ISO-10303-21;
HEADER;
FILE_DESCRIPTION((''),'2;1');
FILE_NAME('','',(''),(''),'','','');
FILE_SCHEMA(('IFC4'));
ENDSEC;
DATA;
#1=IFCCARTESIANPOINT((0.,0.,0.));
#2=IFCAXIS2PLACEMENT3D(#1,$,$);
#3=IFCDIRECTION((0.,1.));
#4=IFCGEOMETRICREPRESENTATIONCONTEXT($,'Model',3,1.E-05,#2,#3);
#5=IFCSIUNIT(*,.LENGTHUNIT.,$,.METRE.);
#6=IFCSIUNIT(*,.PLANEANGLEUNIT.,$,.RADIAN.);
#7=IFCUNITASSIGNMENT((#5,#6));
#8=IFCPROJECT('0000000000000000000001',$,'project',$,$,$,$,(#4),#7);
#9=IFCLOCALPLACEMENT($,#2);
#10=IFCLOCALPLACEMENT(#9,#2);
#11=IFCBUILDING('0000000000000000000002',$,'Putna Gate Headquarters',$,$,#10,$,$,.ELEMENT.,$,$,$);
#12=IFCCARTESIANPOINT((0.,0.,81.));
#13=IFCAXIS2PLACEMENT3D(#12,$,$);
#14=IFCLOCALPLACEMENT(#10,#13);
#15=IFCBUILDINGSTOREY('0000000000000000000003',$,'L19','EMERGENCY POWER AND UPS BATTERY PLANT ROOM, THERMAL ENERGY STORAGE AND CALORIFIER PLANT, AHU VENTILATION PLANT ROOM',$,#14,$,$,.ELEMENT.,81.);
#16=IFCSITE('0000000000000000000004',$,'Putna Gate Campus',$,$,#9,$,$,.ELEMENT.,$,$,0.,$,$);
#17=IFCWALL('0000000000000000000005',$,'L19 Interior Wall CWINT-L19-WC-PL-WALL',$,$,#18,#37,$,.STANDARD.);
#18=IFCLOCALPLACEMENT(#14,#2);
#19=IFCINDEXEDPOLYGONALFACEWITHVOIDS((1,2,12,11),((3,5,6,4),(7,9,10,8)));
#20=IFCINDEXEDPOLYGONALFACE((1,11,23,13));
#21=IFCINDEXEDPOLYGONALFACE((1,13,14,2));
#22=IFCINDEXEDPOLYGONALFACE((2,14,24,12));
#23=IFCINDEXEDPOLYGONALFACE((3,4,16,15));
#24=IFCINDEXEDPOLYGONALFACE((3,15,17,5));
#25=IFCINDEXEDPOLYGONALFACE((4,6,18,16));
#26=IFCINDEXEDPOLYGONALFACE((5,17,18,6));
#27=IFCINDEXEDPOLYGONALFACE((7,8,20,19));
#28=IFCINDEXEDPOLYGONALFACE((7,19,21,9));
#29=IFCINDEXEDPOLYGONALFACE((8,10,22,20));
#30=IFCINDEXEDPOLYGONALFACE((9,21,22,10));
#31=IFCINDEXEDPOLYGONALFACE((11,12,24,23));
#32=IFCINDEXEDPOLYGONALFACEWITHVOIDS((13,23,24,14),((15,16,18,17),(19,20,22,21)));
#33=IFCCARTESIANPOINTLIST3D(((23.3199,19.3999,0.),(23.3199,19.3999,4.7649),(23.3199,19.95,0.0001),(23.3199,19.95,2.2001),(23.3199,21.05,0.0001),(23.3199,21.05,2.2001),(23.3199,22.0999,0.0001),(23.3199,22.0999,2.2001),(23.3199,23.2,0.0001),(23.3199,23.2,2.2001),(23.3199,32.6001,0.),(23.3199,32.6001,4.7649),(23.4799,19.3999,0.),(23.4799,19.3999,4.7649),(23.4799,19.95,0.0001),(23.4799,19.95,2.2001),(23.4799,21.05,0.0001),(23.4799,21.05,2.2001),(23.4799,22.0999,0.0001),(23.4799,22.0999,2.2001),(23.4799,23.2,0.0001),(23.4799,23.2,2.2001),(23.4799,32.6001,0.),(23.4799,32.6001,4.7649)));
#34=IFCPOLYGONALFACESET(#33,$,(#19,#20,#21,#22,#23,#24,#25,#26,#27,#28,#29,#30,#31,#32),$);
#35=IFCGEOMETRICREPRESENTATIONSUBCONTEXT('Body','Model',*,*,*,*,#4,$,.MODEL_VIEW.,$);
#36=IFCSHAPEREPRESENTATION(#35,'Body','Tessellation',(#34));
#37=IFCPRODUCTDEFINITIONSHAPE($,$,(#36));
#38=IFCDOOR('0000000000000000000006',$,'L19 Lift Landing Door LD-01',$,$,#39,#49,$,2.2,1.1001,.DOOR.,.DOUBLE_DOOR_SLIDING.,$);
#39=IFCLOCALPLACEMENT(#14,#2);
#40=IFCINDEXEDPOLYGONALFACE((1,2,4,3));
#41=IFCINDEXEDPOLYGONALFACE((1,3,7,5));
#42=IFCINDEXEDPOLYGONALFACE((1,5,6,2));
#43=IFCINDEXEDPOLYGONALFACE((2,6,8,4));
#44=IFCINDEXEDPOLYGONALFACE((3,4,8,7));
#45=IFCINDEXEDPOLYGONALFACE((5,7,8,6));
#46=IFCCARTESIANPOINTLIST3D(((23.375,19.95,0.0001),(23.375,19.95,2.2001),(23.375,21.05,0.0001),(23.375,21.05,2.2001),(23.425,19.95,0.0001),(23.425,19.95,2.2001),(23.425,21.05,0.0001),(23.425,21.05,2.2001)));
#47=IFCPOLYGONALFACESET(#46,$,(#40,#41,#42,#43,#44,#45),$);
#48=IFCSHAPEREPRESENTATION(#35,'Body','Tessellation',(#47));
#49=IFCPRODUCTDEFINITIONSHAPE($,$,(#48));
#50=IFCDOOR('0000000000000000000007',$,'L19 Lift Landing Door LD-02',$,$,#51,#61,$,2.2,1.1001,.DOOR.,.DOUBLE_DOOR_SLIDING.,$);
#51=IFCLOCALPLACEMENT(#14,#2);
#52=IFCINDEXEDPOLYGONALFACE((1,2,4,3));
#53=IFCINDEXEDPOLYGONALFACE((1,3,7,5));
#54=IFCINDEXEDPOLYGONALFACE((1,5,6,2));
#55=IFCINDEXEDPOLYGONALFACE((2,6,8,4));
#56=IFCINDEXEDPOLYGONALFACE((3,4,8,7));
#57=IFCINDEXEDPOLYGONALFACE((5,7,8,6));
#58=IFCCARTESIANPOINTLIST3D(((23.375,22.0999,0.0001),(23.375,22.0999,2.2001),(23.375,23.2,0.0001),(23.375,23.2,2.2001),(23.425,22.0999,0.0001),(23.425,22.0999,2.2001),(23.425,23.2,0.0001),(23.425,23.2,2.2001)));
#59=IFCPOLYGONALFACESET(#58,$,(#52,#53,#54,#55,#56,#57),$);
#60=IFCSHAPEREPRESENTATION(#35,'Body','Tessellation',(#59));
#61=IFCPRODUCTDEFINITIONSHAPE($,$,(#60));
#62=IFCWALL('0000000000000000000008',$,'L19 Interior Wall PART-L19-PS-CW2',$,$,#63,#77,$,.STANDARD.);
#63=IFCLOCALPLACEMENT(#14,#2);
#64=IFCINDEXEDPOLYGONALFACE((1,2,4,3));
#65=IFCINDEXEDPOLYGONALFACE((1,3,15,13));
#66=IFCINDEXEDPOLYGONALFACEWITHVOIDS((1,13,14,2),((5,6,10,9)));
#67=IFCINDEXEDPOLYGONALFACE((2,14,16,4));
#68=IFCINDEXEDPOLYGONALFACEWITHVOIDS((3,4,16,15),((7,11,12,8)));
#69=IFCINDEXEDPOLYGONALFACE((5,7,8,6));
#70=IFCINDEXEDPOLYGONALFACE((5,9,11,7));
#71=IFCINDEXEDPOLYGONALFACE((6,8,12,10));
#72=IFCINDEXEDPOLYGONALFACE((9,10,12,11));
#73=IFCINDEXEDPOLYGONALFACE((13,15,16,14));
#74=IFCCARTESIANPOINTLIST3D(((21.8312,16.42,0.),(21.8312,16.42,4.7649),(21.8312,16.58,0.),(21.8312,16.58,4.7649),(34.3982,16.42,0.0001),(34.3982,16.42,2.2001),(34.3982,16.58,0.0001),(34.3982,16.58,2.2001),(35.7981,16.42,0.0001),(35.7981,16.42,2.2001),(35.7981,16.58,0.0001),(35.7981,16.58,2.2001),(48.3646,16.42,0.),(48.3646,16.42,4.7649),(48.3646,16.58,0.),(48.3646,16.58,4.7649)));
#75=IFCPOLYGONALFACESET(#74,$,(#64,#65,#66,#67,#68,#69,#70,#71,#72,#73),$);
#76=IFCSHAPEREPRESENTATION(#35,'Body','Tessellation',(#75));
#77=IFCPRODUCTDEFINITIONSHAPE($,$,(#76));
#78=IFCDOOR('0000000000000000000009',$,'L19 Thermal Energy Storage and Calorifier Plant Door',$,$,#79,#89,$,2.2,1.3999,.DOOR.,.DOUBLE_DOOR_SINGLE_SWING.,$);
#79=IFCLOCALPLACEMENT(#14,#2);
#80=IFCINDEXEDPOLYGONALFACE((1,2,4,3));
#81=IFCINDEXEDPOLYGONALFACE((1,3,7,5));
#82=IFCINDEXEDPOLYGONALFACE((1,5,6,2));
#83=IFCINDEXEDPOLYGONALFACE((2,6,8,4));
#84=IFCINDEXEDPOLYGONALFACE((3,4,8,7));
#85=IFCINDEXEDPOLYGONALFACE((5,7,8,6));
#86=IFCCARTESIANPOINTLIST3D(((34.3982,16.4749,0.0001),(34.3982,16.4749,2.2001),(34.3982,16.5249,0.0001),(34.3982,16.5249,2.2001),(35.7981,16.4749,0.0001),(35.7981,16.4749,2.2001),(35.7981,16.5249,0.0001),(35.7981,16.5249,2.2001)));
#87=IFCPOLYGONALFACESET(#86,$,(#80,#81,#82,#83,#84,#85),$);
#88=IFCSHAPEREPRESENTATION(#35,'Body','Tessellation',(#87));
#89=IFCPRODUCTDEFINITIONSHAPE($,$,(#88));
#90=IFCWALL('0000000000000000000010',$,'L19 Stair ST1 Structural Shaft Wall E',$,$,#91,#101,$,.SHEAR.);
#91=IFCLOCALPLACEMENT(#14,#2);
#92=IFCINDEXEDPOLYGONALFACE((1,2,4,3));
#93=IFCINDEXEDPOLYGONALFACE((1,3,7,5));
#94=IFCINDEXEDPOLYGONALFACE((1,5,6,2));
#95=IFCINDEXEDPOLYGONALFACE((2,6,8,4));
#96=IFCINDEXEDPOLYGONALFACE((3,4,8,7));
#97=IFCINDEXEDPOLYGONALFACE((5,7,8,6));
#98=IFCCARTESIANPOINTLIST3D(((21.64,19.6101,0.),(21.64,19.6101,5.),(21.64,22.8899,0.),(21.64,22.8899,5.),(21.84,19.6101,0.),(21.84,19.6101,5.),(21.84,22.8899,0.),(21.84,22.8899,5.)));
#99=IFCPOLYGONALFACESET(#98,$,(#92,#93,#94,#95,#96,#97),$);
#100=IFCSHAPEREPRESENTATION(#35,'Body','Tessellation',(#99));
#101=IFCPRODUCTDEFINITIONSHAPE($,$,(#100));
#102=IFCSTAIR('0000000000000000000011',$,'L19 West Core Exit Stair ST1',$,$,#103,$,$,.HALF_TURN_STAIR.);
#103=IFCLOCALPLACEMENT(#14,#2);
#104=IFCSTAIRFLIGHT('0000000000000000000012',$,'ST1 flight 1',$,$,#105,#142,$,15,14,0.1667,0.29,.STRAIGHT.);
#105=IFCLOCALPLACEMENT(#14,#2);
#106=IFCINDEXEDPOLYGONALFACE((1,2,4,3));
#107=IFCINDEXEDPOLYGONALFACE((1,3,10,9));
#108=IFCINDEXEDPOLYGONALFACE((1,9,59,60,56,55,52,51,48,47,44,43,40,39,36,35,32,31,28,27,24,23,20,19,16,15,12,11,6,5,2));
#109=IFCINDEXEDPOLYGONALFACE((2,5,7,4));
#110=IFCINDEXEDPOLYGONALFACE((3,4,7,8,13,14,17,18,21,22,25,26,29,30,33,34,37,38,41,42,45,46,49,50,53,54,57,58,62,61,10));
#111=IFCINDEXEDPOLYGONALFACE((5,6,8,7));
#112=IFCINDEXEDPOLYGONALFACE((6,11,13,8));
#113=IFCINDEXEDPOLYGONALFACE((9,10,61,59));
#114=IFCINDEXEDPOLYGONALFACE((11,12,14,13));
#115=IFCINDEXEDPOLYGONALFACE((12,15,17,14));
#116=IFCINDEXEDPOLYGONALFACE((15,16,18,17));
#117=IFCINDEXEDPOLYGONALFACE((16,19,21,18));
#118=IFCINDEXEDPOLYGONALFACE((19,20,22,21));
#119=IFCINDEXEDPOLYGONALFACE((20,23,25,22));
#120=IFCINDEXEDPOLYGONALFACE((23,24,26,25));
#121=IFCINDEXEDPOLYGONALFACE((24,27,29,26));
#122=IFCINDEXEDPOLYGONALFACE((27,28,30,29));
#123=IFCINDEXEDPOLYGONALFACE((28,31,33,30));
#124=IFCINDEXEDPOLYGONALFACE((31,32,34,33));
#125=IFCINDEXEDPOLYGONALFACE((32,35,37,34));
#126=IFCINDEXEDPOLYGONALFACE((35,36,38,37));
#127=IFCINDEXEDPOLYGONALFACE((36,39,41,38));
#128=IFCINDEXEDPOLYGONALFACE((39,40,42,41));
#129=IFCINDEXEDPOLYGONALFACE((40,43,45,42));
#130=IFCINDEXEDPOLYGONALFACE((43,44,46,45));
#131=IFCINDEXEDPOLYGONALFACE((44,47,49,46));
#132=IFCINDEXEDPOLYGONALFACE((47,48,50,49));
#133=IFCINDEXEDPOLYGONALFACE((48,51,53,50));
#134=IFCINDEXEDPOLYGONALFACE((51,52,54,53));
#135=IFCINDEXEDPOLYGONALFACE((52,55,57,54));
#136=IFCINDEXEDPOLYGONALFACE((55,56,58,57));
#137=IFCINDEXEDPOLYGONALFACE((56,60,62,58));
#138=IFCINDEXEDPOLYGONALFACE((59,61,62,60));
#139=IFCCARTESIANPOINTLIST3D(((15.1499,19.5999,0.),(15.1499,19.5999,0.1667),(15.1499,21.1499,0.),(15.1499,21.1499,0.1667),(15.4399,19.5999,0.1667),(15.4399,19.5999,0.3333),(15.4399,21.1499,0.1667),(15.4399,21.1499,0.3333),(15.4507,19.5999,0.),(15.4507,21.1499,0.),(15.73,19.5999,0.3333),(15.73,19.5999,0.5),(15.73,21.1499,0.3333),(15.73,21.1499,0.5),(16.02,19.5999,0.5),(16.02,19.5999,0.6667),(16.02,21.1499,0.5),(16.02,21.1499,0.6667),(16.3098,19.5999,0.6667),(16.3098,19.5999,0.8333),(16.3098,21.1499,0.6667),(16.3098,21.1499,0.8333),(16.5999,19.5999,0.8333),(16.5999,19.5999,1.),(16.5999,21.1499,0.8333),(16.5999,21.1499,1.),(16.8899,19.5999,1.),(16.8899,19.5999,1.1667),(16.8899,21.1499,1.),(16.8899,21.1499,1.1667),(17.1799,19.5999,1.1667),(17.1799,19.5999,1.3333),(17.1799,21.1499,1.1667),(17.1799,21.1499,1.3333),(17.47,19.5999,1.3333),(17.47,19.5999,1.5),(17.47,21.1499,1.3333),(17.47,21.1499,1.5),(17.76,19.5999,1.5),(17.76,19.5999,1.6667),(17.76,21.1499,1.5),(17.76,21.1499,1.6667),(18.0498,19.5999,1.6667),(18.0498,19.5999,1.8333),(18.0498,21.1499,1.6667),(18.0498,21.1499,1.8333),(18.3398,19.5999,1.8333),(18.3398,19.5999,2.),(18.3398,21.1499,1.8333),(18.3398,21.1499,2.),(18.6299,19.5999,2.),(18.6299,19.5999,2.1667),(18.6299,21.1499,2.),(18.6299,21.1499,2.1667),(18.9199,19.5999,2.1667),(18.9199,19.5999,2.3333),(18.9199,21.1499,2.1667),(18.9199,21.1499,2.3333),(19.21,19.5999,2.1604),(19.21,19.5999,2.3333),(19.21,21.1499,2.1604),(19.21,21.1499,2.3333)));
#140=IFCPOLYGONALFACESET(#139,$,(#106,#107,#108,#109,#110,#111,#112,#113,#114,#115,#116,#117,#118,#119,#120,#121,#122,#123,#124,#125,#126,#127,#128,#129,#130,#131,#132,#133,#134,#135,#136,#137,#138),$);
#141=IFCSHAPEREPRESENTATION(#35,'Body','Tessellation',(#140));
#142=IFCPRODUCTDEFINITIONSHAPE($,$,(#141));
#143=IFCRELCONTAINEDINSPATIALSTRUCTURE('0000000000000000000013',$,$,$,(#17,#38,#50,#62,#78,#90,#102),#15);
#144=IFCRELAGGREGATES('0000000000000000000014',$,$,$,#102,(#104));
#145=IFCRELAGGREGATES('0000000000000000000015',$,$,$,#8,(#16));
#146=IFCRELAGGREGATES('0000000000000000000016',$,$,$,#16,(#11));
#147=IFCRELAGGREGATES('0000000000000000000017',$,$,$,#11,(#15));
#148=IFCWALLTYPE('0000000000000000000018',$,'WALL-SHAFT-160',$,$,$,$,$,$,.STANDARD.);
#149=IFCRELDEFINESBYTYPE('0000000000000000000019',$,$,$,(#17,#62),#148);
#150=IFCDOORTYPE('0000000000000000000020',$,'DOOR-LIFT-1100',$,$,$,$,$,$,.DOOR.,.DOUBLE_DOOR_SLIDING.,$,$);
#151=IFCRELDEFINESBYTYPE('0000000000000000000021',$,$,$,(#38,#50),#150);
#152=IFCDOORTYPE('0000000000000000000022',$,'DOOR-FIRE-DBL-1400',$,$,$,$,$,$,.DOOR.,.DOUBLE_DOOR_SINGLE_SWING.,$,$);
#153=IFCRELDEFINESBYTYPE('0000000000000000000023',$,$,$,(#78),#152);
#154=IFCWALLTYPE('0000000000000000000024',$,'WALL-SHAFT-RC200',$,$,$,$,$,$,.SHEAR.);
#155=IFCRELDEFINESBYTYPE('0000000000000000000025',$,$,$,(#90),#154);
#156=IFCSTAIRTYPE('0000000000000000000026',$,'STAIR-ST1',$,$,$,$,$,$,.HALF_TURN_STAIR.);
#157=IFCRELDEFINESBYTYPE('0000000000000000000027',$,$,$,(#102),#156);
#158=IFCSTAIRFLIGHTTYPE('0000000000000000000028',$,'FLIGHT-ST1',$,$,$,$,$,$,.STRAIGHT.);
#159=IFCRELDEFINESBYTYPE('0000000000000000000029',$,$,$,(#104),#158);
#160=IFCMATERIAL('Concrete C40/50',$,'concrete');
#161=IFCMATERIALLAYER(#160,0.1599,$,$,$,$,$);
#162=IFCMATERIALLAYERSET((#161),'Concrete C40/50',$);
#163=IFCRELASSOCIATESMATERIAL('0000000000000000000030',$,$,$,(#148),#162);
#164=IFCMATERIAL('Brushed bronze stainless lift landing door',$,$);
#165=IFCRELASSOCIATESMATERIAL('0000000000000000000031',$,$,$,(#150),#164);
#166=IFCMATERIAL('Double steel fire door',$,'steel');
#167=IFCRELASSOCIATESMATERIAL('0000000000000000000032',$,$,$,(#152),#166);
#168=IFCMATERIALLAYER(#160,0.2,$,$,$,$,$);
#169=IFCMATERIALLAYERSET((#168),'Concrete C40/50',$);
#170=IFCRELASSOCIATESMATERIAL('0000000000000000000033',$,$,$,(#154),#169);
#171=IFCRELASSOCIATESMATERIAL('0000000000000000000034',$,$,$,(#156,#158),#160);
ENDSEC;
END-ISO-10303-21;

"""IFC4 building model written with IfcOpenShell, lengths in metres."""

from ifc_helpers import new_model, si_unit, direction, frame, frame_2d, origin, place, context, subcontext, project, spatial, polyline, rectangle, outline, extrude, material, layer, layer_set, type_object, element, fill, aggregate, save


model = new_model("IFC4")

# Units and contexts
model_context = context("Model", 3, precision=1e-05, world=origin(), true_north=direction((0.0, 1.0)))
body_context = subcontext(model_context, "Body", "Model", "MODEL_VIEW")
ifc_project = project(units=[si_unit("LENGTHUNIT", "METRE"), si_unit("PLANEANGLEUNIT", "RADIAN")], contexts=[model_context])

# Site, building, storey
site_placement = place(None, origin())
site = spatial("IfcSite", under=ifc_project, at=site_placement, Name="Putna Gate Campus", CompositionType="ELEMENT", RefElevation=0.0)
building_placement = place(site_placement, origin())
building = spatial("IfcBuilding", under=site, at=building_placement, Name="Putna Gate Headquarters", CompositionType="ELEMENT")
storey_placement = place(building_placement, frame((0.0, 0.0, 81.0)))
storey = spatial("IfcBuildingStorey", under=building, at=storey_placement, Name="L19", Description="EMERGENCY POWER AND UPS BATTERY PLANT ROOM, THERMAL ENERGY STORAGE AND CALORIFIER PLANT, AHU VENTILATION PLANT ROOM", CompositionType="ELEMENT", Elevation=81.0)

# Wall, openings, doors
ifc_material_1 = material(Name="Concrete C40/50", Category="concrete")
ifc_layer_1 = layer(ifc_material_1, 0.1599)
ifc_layer_set_1 = layer_set([ifc_layer_1], Name="Concrete C40/50")
wall_type_1 = type_object("IfcWallType", Name="WALL-SHAFT-160", PredefinedType="STANDARD", material=ifc_layer_set_1)
wall_1_placement = place(storey_placement, frame((23.3999, 19.3999, 0.0), z_axis=(0.0, 0.0, 1.0), x_axis=(0.0, 1.0, 0.0)))
wall_1 = element("IfcWall", 1, at=wall_1_placement, inside=storey, type_object=wall_type_1, Name="L19 Interior Wall CWINT-L19-WC-PL-WALL", PredefinedType="STANDARD", context=body_context, shape_type="SweptSolid", body=[
    extrude(rectangle(XDim=13.2002, YDim=0.1599, at=frame_2d((6.6001, 0.0))), origin(), (0.0, 0.0, 1.0), 4.7649),
])
opening_1_placement = place(wall_1_placement, frame((0.55, 0.0, 0.0)))
opening_1 = element("IfcOpeningElement", 2, at=opening_1_placement, cuts=wall_1, PredefinedType="OPENING", context=body_context, shape_type="SweptSolid", body=[
    extrude(rectangle(XDim=1.1001, YDim=2.2, at=frame_2d((0.55, 1.1001))), frame((0.0, 0.0898, 0.0), z_axis=(0.0, -1.0, 0.0), x_axis=(1.0, 0.0, 0.0)), (0.0, 0.0, 1.0), 0.1799),
])
opening_2_placement = place(wall_1_placement, frame((2.7, 0.0, 0.0)))
opening_2 = element("IfcOpeningElement", 3, at=opening_2_placement, cuts=wall_1, PredefinedType="OPENING", context=body_context, shape_type="SweptSolid", body=[
    extrude(rectangle(XDim=1.1001, YDim=2.2, at=frame_2d((0.55, 1.1001))), frame((0.0, 0.0898, 0.0), z_axis=(0.0, -1.0, 0.0), x_axis=(1.0, 0.0, 0.0)), (0.0, 0.0, 1.0), 0.1799),
])
ifc_material_2 = material(Name="Brushed bronze stainless lift landing door")
door_type_1 = type_object("IfcDoorType", Name="DOOR-LIFT-1100", OperationType="DOUBLE_DOOR_SLIDING", PredefinedType="DOOR", material=ifc_material_2)
door_1_placement = place(opening_1_placement, origin())
door_1 = element("IfcDoor", 4, at=door_1_placement, inside=storey, type_object=door_type_1, Name="L19 Lift Landing Door LD-01", OperationType="DOUBLE_DOOR_SLIDING", OverallHeight=2.2, OverallWidth=1.1001, PredefinedType="DOOR", context=body_context, shape_type="SweptSolid", body=[
    extrude(rectangle(XDim=1.1001, YDim=2.2, at=frame_2d((0.55, 1.1001))), frame((0.0, 0.0249, 0.0), z_axis=(0.0, -1.0, 0.0), x_axis=(1.0, 0.0, 0.0)), (0.0, 0.0, 1.0), 0.05),
])
fill(opening_1, door_1)
door_2_placement = place(opening_2_placement, origin())
door_2 = element("IfcDoor", 5, at=door_2_placement, inside=storey, type_object=door_type_1, Name="L19 Lift Landing Door LD-02", OperationType="DOUBLE_DOOR_SLIDING", OverallHeight=2.2, OverallWidth=1.1001, PredefinedType="DOOR", context=body_context, shape_type="SweptSolid", body=[
    extrude(rectangle(XDim=1.1001, YDim=2.2, at=frame_2d((0.55, 1.1001))), frame((0.0, 0.0249, 0.0), z_axis=(0.0, -1.0, 0.0), x_axis=(1.0, 0.0, 0.0)), (0.0, 0.0, 1.0), 0.05),
])
fill(opening_2, door_2)

# Wall, opening, door
wall_2_placement = place(storey_placement, frame((21.8313, 16.5, 0.0), z_axis=(0.0, 0.0, 1.0), x_axis=(1.0, 0.0, 0.0)))
wall_2 = element("IfcWall", 6, at=wall_2_placement, inside=storey, type_object=wall_type_1, Name="L19 Interior Wall PART-L19-PS-CW2", PredefinedType="STANDARD", context=body_context, shape_type="SweptSolid", body=[
    extrude(rectangle(XDim=26.5334, YDim=0.1599, at=frame_2d((13.2666, 0.0))), origin(), (0.0, 0.0, 1.0), 4.7649),
])
opening_3_placement = place(wall_2_placement, frame((12.5669, 0.0, 0.0)))
opening_3 = element("IfcOpeningElement", 7, at=opening_3_placement, cuts=wall_2, PredefinedType="OPENING", context=body_context, shape_type="SweptSolid", body=[
    extrude(rectangle(XDim=1.3999, YDim=2.2, at=frame_2d((0.7, 1.1001))), frame((0.0, 0.0898, 0.0), z_axis=(0.0, -1.0, 0.0), x_axis=(1.0, 0.0, 0.0)), (0.0, 0.0, 1.0), 0.1799),
])
ifc_material_3 = material(Name="Double steel fire door", Category="steel")
door_type_2 = type_object("IfcDoorType", Name="DOOR-FIRE-DBL-1400", OperationType="DOUBLE_DOOR_SINGLE_SWING", PredefinedType="DOOR", material=ifc_material_3)
door_3_placement = place(opening_3_placement, origin())
door_3 = element("IfcDoor", 8, at=door_3_placement, inside=storey, type_object=door_type_2, Name="L19 Thermal Energy Storage and Calorifier Plant Door", OperationType="DOUBLE_DOOR_SINGLE_SWING", OverallHeight=2.2, OverallWidth=1.3999, PredefinedType="DOOR", context=body_context, shape_type="SweptSolid", body=[
    extrude(rectangle(XDim=1.3999, YDim=2.2, at=frame_2d((0.7, 1.1001))), frame((0.0, 0.0249, 0.0), z_axis=(0.0, -1.0, 0.0), x_axis=(1.0, 0.0, 0.0)), (0.0, 0.0, 1.0), 0.05),
])
fill(opening_3, door_3)

# Wall
ifc_layer_2 = layer(ifc_material_1, 0.2)
ifc_layer_set_2 = layer_set([ifc_layer_2], Name="Concrete C40/50")
wall_type_2 = type_object("IfcWallType", Name="WALL-SHAFT-RC200", PredefinedType="SHEAR", material=ifc_layer_set_2)
wall_3_placement = place(storey_placement, frame((21.74, 19.6101, 0.0), z_axis=(0.0, 0.0, 1.0), x_axis=(0.0, 1.0, 0.0)))
element("IfcWall", 9, at=wall_3_placement, inside=storey, type_object=wall_type_2, Name="L19 Stair ST1 Structural Shaft Wall E", PredefinedType="SHEAR", context=body_context, shape_type="SweptSolid", body=[
    extrude(rectangle(XDim=3.2798, YDim=0.2, at=frame_2d((1.6399, 0.0))), origin(), (0.0, 0.0, 1.0), 5.0),
])

# Stair, stair flight
stair_type = type_object("IfcStairType", Name="STAIR-ST1", PredefinedType="HALF_TURN_STAIR", material=ifc_material_1)
stair_placement = place(storey_placement, origin())
stair = element("IfcStair", 10, at=stair_placement, inside=storey, type_object=stair_type, Name="L19 West Core Exit Stair ST1", PredefinedType="HALF_TURN_STAIR")
stair_flight_type = type_object("IfcStairFlightType", Name="FLIGHT-ST1", PredefinedType="STRAIGHT", material=ifc_material_1)
stair_flight_placement = place(storey_placement, frame((15.1499, 20.375, 0.0), z_axis=(0.0, 0.0, 1.0), x_axis=(1.0, 0.0, 0.0)))
stair_flight = element("IfcStairFlight", 11, at=stair_flight_placement, type_object=stair_flight_type, Name="ST1 flight 1", NumberOfRisers=15, NumberOfTreads=14, PredefinedType="STRAIGHT", RiserHeight=0.1667, TreadLength=0.29, context=body_context, shape_type="SweptSolid", body=[
    extrude(outline(polyline([(0.0, 0.0), (0.0, 0.1667), (0.29, 0.1667), (0.29, 0.3333), (0.5801, 0.3333), (0.5801, 0.5), (0.8701, 0.5), (0.8701, 0.6667), (1.1599, 0.6667), (1.1599, 0.8333), (1.45, 0.8333), (1.45, 1.0), (1.74, 1.0), (1.74, 1.1667), (2.03, 1.1667), (2.03, 1.3333), (2.3201, 1.3333), (2.3201, 1.5), (2.6101, 1.5), (2.6101, 1.6667), (2.8999, 1.6667), (2.8999, 1.8333), (3.1899, 1.8333), (3.1899, 2.0), (3.48, 2.0), (3.48, 2.1667), (3.77, 2.1667), (3.77, 2.3333), (4.0601, 2.3333), (4.0601, 2.5), (4.0601, 2.1604), (0.3008, 0.0), (0.0, 0.0)])), frame((0.0, 0.7749, 0.0), z_axis=(0.0, -1.0, 0.0), x_axis=(1.0, 0.0, 0.0)), (0.0, 0.0, 1.0), 1.55),
])
aggregate(stair, [stair_flight])

save(model, "model.ifc")
